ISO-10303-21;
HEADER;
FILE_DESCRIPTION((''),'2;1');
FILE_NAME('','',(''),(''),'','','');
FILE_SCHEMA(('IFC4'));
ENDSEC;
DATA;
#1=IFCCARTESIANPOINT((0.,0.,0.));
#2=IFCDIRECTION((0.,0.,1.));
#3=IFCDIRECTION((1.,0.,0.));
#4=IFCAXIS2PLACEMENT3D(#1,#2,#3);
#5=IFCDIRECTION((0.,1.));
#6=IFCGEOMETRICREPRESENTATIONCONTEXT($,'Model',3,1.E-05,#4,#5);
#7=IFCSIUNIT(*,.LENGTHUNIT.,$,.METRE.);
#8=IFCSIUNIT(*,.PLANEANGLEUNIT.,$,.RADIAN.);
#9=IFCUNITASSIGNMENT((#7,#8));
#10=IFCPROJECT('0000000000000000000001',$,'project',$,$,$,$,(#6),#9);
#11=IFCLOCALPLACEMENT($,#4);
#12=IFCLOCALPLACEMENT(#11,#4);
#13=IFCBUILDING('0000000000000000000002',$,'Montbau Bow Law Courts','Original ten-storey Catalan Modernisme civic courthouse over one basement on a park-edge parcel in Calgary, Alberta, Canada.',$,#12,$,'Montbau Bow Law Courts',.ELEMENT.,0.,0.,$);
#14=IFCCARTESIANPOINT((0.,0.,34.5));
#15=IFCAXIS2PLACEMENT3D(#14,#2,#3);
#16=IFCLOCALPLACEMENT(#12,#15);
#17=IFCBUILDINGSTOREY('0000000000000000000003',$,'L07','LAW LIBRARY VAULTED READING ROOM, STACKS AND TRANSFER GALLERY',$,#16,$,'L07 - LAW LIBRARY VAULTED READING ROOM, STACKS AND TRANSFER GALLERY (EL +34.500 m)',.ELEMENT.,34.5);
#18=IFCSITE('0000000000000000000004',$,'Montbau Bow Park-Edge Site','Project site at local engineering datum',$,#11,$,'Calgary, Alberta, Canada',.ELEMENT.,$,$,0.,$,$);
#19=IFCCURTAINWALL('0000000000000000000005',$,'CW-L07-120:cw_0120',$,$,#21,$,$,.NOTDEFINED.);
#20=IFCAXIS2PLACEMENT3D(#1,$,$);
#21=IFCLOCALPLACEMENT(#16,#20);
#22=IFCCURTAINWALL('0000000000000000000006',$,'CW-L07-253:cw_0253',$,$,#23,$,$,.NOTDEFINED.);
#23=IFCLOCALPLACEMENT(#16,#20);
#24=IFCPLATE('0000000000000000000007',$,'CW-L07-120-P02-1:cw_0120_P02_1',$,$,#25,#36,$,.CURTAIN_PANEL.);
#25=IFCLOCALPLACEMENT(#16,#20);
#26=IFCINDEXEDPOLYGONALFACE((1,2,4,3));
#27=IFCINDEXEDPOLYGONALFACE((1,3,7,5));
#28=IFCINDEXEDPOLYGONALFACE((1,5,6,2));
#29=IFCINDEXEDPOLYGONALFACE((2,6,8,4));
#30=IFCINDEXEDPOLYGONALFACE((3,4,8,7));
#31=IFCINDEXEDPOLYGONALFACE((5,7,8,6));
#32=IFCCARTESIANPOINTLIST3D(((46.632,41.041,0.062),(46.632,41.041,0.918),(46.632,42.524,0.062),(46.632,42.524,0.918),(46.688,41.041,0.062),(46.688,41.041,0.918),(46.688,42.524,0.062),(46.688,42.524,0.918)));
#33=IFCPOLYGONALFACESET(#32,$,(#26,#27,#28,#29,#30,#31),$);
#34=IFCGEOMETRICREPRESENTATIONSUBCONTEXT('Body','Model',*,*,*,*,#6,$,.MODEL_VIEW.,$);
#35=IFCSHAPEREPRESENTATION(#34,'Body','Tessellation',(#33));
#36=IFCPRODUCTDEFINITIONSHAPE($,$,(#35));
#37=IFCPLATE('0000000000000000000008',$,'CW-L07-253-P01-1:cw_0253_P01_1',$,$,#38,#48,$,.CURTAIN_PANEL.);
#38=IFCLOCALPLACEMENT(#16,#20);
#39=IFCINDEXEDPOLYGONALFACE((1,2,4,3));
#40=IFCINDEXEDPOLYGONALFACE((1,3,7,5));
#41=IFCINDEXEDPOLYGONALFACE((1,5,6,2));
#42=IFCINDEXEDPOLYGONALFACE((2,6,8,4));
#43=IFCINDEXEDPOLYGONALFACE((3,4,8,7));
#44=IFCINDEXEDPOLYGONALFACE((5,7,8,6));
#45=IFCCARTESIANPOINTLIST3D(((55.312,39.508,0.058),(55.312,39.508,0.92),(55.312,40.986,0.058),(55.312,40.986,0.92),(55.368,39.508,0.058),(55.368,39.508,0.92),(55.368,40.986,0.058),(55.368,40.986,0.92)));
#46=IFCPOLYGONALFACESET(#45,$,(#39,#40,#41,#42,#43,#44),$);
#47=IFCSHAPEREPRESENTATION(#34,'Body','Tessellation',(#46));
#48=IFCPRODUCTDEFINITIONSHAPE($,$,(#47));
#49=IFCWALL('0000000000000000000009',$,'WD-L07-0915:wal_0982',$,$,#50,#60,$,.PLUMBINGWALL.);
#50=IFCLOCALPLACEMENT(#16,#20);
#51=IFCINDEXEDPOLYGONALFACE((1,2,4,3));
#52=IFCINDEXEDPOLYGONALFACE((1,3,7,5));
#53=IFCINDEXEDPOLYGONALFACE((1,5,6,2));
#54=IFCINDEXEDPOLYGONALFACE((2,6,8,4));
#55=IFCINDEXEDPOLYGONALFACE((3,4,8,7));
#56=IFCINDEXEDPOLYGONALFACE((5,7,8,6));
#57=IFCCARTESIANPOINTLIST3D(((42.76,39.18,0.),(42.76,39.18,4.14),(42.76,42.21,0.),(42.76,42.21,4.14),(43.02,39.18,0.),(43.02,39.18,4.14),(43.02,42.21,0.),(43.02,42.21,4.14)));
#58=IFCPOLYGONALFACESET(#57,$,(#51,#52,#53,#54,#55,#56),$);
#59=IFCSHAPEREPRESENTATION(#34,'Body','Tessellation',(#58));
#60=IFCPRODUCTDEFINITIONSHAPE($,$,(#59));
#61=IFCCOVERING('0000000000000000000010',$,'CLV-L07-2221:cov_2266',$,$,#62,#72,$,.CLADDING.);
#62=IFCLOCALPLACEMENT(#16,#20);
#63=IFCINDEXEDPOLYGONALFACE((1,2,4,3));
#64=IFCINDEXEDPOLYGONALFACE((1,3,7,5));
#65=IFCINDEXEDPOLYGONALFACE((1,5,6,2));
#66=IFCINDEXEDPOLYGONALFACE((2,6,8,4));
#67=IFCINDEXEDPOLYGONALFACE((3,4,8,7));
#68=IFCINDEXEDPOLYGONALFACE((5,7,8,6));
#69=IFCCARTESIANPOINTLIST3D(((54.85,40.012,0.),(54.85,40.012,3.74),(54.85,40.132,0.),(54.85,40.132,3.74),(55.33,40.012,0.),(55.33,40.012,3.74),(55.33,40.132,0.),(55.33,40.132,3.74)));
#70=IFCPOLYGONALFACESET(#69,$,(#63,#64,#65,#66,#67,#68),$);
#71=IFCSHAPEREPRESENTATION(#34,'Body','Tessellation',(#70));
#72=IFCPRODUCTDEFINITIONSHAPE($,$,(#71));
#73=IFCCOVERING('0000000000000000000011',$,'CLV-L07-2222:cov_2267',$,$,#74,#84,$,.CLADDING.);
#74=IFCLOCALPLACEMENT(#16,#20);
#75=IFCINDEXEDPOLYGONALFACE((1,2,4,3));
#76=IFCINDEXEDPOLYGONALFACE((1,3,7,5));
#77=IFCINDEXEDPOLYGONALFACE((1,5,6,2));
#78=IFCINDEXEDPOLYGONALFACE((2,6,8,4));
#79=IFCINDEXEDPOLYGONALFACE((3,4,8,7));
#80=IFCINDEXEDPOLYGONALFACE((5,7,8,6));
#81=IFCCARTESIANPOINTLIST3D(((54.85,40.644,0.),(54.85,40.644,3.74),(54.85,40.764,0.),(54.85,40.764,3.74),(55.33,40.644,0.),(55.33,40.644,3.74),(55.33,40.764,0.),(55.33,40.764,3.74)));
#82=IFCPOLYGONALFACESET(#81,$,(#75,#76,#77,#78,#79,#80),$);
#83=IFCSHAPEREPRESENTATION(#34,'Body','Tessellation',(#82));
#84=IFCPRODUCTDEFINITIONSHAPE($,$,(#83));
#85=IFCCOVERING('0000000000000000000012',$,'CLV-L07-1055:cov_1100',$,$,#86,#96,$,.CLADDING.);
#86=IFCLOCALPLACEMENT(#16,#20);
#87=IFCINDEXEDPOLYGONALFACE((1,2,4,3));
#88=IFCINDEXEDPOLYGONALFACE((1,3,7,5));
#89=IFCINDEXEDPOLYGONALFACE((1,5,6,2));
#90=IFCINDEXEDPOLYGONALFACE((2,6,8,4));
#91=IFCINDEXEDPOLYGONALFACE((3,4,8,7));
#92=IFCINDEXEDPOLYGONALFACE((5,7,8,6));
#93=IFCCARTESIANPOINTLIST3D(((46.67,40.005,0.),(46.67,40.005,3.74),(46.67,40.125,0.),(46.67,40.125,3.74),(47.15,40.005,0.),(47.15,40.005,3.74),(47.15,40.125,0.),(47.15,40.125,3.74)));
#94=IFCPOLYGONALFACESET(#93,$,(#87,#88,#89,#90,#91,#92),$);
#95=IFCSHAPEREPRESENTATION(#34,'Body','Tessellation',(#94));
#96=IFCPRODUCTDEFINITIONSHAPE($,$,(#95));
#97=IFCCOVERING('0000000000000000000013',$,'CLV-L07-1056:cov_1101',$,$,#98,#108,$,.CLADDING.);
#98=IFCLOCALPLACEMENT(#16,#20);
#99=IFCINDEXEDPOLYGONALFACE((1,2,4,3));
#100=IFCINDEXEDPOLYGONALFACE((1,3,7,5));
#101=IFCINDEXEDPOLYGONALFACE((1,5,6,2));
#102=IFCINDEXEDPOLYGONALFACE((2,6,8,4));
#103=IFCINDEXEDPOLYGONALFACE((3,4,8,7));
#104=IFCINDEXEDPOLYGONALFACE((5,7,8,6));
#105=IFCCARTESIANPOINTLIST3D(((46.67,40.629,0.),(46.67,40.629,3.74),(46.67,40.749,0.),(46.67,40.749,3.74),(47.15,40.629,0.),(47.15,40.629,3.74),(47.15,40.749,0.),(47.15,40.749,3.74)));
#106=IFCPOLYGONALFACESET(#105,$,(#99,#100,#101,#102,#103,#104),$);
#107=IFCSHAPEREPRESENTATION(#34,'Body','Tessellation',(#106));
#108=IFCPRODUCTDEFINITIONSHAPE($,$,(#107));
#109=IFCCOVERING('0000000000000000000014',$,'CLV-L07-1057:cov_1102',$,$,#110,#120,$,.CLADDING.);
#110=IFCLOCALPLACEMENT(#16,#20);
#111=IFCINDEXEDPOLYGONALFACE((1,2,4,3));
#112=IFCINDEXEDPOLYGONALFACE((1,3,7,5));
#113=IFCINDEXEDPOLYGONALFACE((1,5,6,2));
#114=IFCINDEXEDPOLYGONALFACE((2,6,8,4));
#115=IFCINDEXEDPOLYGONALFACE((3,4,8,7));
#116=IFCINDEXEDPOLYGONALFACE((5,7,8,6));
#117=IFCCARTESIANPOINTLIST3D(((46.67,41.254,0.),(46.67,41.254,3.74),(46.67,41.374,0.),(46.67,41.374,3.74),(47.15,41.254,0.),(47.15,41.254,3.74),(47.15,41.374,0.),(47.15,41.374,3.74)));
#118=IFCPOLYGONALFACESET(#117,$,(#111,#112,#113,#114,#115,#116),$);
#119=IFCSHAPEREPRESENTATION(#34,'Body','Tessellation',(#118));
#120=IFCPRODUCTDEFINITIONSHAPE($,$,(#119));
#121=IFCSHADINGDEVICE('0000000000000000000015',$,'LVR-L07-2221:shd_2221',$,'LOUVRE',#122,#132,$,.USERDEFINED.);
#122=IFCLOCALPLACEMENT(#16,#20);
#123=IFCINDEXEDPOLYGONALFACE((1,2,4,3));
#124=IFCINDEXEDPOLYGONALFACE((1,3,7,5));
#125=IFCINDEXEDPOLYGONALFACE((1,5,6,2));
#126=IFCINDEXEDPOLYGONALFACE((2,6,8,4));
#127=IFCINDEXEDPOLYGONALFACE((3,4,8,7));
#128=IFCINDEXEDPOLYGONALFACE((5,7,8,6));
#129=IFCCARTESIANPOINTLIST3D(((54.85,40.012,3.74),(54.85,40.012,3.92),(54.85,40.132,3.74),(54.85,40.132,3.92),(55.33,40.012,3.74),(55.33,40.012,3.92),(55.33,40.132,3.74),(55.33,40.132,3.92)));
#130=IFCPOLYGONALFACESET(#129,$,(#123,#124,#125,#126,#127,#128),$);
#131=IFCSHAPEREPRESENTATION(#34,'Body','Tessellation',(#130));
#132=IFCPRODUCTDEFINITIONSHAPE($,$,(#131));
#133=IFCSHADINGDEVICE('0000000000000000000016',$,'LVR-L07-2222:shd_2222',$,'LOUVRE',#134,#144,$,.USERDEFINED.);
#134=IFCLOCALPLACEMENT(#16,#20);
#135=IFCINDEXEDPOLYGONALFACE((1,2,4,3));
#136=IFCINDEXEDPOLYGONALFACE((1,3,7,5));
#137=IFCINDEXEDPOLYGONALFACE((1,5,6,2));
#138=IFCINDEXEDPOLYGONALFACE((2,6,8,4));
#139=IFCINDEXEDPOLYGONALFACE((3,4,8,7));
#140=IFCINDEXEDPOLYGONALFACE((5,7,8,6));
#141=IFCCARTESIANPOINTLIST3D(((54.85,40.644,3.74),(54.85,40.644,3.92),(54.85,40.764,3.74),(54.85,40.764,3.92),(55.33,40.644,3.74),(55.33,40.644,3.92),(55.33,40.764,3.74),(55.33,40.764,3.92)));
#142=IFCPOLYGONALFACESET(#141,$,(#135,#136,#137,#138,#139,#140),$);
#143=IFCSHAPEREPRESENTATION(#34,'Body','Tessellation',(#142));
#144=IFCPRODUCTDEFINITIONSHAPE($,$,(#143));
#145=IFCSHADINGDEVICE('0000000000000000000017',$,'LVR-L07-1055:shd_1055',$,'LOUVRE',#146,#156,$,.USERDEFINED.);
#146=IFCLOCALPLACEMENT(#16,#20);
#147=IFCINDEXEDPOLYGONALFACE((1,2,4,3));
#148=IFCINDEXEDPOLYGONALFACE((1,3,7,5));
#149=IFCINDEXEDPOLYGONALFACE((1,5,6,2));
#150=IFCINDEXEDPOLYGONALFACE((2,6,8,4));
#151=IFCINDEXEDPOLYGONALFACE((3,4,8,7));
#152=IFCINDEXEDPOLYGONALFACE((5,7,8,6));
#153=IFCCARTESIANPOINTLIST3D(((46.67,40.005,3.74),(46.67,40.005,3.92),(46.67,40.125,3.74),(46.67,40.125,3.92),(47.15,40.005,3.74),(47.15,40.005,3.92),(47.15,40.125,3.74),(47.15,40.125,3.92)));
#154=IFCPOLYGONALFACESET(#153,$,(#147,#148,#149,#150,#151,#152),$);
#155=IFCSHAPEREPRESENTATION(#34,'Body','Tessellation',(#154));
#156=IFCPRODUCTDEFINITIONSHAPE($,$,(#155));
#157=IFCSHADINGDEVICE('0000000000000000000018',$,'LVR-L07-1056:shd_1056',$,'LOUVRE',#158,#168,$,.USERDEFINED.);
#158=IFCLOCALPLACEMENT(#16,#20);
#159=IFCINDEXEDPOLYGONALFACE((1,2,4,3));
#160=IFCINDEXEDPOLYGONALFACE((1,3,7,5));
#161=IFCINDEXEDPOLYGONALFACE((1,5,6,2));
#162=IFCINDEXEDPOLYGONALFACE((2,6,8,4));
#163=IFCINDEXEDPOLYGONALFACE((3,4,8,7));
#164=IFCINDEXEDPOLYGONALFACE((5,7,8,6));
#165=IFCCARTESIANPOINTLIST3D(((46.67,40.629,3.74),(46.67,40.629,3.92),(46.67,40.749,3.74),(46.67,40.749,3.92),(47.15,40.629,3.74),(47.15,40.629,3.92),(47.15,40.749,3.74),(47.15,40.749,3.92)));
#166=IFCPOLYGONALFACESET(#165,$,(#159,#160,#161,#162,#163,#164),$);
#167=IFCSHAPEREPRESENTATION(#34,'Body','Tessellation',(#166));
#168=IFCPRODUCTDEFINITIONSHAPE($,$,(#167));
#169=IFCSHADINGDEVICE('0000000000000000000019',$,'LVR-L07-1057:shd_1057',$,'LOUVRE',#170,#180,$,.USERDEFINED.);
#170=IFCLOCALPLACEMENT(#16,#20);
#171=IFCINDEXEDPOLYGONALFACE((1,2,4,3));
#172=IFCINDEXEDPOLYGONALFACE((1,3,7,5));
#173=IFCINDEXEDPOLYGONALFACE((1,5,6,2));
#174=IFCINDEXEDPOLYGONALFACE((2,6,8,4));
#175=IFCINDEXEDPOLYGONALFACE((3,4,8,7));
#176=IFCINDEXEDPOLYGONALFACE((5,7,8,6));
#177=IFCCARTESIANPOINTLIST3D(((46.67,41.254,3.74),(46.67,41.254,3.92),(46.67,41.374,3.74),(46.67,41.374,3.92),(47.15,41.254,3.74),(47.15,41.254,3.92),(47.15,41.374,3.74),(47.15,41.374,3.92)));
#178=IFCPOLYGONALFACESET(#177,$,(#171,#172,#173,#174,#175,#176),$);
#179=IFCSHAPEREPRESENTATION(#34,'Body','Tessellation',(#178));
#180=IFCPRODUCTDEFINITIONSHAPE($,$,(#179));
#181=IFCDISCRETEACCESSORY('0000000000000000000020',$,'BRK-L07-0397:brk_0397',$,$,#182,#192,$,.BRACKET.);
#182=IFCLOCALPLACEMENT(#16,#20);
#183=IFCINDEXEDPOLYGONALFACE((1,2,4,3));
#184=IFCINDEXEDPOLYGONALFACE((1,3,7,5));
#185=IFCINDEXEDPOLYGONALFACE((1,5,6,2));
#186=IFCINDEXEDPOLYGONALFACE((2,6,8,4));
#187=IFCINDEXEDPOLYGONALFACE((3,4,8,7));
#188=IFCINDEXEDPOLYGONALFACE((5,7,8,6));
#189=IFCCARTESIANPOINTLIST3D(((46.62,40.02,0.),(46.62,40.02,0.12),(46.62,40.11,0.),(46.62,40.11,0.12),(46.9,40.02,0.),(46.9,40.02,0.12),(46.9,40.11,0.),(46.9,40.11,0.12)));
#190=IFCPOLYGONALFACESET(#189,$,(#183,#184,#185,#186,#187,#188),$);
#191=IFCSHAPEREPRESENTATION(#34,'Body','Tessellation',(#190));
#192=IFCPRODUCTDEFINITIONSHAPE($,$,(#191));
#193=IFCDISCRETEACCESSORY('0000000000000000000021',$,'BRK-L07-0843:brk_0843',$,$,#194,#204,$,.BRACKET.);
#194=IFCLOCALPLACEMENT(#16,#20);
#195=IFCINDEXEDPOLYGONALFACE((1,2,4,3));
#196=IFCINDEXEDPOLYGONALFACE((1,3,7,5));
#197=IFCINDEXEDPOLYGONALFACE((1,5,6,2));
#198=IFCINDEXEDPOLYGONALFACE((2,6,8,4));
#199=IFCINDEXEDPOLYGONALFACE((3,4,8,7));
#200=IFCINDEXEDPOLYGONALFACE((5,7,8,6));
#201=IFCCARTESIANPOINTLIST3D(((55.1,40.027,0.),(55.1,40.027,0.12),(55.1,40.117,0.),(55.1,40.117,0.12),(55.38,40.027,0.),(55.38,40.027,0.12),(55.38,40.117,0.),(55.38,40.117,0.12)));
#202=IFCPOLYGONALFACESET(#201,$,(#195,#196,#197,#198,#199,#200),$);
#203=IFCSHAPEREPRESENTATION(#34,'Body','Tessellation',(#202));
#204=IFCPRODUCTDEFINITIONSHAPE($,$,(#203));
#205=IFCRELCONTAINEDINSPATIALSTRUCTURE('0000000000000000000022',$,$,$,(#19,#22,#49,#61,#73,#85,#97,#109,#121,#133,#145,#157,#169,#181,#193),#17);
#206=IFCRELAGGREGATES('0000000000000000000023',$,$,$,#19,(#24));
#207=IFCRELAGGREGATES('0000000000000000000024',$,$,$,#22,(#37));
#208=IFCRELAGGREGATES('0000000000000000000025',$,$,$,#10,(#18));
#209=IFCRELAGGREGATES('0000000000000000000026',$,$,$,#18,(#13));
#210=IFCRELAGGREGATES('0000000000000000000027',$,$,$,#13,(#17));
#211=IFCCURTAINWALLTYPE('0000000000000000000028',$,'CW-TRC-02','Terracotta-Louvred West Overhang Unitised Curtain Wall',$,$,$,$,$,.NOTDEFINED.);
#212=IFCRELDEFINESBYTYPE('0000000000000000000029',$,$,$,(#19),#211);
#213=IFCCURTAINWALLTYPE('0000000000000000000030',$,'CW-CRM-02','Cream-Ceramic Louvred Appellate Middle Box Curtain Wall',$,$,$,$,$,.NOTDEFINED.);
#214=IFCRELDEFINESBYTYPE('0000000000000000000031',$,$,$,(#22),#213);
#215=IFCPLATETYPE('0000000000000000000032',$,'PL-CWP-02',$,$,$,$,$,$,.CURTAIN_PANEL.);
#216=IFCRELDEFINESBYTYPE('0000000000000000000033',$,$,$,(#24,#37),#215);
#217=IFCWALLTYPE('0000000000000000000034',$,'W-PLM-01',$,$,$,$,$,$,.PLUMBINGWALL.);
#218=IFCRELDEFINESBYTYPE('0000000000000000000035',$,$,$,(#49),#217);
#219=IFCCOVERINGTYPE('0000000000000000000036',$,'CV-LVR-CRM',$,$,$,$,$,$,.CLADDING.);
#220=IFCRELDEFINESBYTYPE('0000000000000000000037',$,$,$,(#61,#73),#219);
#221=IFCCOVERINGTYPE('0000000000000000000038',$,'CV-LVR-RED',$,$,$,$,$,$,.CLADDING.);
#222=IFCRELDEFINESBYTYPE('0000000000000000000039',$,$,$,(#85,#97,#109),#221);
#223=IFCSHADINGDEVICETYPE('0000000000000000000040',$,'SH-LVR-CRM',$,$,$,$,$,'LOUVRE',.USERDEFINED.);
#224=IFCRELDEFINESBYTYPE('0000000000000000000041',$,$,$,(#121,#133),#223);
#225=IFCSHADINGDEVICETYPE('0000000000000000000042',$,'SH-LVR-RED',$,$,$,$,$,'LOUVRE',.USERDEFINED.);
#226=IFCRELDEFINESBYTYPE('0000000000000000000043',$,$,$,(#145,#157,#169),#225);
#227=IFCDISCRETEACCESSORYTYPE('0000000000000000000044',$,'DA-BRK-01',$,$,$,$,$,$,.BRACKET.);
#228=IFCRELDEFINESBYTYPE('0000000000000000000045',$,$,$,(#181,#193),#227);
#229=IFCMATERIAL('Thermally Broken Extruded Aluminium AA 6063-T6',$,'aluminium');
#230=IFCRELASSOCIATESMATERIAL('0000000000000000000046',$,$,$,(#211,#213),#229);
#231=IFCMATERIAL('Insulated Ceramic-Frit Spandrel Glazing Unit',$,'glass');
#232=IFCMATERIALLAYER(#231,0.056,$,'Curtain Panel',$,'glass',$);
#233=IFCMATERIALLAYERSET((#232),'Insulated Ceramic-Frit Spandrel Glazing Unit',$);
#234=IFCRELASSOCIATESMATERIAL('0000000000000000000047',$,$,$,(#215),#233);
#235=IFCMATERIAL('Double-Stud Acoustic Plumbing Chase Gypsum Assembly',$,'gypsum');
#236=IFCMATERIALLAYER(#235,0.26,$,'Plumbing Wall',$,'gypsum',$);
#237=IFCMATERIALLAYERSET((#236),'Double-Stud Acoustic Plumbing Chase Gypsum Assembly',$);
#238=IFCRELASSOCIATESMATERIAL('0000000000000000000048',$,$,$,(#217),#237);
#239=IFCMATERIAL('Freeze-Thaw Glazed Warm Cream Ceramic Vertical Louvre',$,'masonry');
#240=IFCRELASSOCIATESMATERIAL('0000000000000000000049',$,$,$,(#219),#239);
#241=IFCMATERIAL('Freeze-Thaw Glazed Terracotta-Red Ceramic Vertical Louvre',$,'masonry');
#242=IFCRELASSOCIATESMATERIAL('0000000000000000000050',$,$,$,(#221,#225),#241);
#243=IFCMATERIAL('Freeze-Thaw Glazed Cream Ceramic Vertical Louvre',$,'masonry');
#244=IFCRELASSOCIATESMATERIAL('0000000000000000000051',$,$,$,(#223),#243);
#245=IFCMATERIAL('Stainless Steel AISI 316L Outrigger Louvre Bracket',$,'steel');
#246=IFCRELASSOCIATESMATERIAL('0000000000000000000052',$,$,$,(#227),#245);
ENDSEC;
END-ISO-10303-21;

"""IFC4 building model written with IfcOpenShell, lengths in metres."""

from ifc_helpers import new_model, si_unit, direction, frame, frame_2d, origin_with_axes, origin_2d_with_axis, place, context, subcontext, project, spatial, rectangle, extrude, material, layer, layer_set, type_object, element, aggregate, save


model = new_model("IFC4")

# Units and contexts
model_context = context("Model", 3, precision=1e-05, world=origin_with_axes(), true_north=direction((0.0, 1.0)))
body_context = subcontext(model_context, "Body", "Model", "MODEL_VIEW")
ifc_project = project(units=[si_unit("LENGTHUNIT", "METRE"), si_unit("PLANEANGLEUNIT", "RADIAN")], contexts=[model_context])

# Site, building, storey
site_placement = place(None, origin_with_axes())
site = spatial("IfcSite", under=ifc_project, at=site_placement, Name="Montbau Bow Park-Edge Site", Description="Project site at local engineering datum", LongName="Calgary, Alberta, Canada", CompositionType="ELEMENT", RefElevation=0.0)
building_placement = place(site_placement, origin_with_axes())
building = spatial("IfcBuilding", under=site, at=building_placement, Name="Montbau Bow Law Courts", Description="Original ten-storey Catalan Modernisme civic courthouse over one basement on a park-edge parcel in Calgary, Alberta, Canada.", LongName="Montbau Bow Law Courts", CompositionType="ELEMENT", ElevationOfRefHeight=0.0, ElevationOfTerrain=0.0)
storey_placement = place(building_placement, frame((0.0, 0.0, 34.5), z_axis=(0.0, 0.0, 1.0), x_axis=(1.0, 0.0, 0.0)))
storey = spatial("IfcBuildingStorey", under=building, at=storey_placement, Name="L07", Description="LAW LIBRARY VAULTED READING ROOM, STACKS AND TRANSFER GALLERY", LongName="L07 - LAW LIBRARY VAULTED READING ROOM, STACKS AND TRANSFER GALLERY (EL +34.500 m)", CompositionType="ELEMENT", Elevation=34.5)

# Curtain wall
ifc_material_1 = material(Name="Thermally Broken Extruded Aluminium AA 6063-T6", Category="aluminium")
curtain_wall_type_1 = type_object("IfcCurtainWallType", Name="CW-TRC-02", Description="Terracotta-Louvred West Overhang Unitised Curtain Wall", PredefinedType="NOTDEFINED", material=ifc_material_1)
curtain_wall_1_placement = place(None, frame((46.66, 39.44, 34.5), z_axis=(0.0, 0.0, 1.0), x_axis=(1.0, 0.0, 0.0)))
curtain_wall_1 = element("IfcCurtainWall", 1, at=curtain_wall_1_placement, inside=storey, type_object=curtain_wall_type_1, Name="CW-L07-120:cw_0120", PredefinedType="NOTDEFINED")

# Curtain wall
curtain_wall_type_2 = type_object("IfcCurtainWallType", Name="CW-CRM-02", Description="Cream-Ceramic Louvred Appellate Middle Box Curtain Wall", PredefinedType="NOTDEFINED", material=ifc_material_1)
curtain_wall_2_placement = place(None, frame((55.34, 39.44, 34.5), z_axis=(0.0, 0.0, 1.0), x_axis=(1.0, 0.0, 0.0)))
curtain_wall_2 = element("IfcCurtainWall", 2, at=curtain_wall_2_placement, inside=storey, type_object=curtain_wall_type_2, Name="CW-L07-253:cw_0253", PredefinedType="NOTDEFINED")

# Plates
ifc_material_2 = material(Name="Insulated Ceramic-Frit Spandrel Glazing Unit", Category="glass")
ifc_layer_1 = layer(ifc_material_2, 0.056, Name="Curtain Panel", Category="glass")
ifc_layer_set_1 = layer_set([ifc_layer_1], Name="Insulated Ceramic-Frit Spandrel Glazing Unit")
plate_type_1 = type_object("IfcPlateType", Name="PL-CWP-02", PredefinedType="CURTAIN_PANEL", material=ifc_layer_set_1)
plate_1_placement = place(None, frame((46.66, 41.041, 34.562), z_axis=(1.0, 0.0, 0.0), x_axis=(0.0, 1.0, 0.0)))
plate_1 = element("IfcPlate", 3, at=plate_1_placement, type_object=plate_type_1, Name="CW-L07-120-P02-1:cw_0120_P02_1", PredefinedType="CURTAIN_PANEL", context=body_context, shape_type="SweptSolid", body=[
    extrude(rectangle(XDim=1.483, YDim=0.856, at=frame_2d((0.7415, 0.428), x_axis=(1.0, 0.0))), frame((0.0, 0.0, -0.028), z_axis=(0.0, 0.0, 1.0), x_axis=(1.0, 0.0, 0.0)), (0.0, 0.0, 1.0), 0.056),
])
aggregate(curtain_wall_1, [plate_1])
plate_2_placement = place(None, frame((55.34, 39.508, 34.558), z_axis=(1.0, 0.0, 0.0), x_axis=(0.0, 1.0, 0.0)))
plate_2 = element("IfcPlate", 4, at=plate_2_placement, type_object=plate_type_1, Name="CW-L07-253-P01-1:cw_0253_P01_1", PredefinedType="CURTAIN_PANEL", context=body_context, shape_type="SweptSolid", body=[
    extrude(rectangle(XDim=1.478, YDim=0.862, at=frame_2d((0.739, 0.431), x_axis=(1.0, 0.0))), frame((0.0, 0.0, -0.028), z_axis=(0.0, 0.0, 1.0), x_axis=(1.0, 0.0, 0.0)), (0.0, 0.0, 1.0), 0.056),
])
aggregate(curtain_wall_2, [plate_2])

# Wall
ifc_material_3 = material(Name="Double-Stud Acoustic Plumbing Chase Gypsum Assembly", Category="gypsum")
ifc_layer_2 = layer(ifc_material_3, 0.26, Name="Plumbing Wall", Category="gypsum")
ifc_layer_set_2 = layer_set([ifc_layer_2], Name="Double-Stud Acoustic Plumbing Chase Gypsum Assembly")
wall_type = type_object("IfcWallType", Name="W-PLM-01", PredefinedType="PLUMBINGWALL", material=ifc_layer_set_2)
wall_placement = place(None, frame((42.89, 39.18, 34.5), z_axis=(0.0, 0.0, 1.0), x_axis=(0.0, 1.0, 0.0)))
element("IfcWall", 5, at=wall_placement, inside=storey, type_object=wall_type, Name="WD-L07-0915:wal_0982", PredefinedType="PLUMBINGWALL", context=body_context, shape_type="SweptSolid", body=[
    extrude(rectangle(XDim=3.03, YDim=0.26, at=frame_2d((1.515, 0.0), x_axis=(1.0, 0.0))), origin_with_axes(), (0.0, 0.0, 1.0), 4.14),
])

# Coverings
ifc_material_4 = material(Name="Freeze-Thaw Glazed Warm Cream Ceramic Vertical Louvre", Category="masonry")
covering_type_1 = type_object("IfcCoveringType", Name="CV-LVR-CRM", PredefinedType="CLADDING", material=ifc_material_4)
for number, where, z_axis, x_axis, name in (
    (6, (55.33, 40.072, 34.5), (0.0, 1.0, 0.0), (-1.0, 0.0, 0.0), "CLV-L07-2221:cov_2266"),
    (7, (55.33, 40.704, 34.5), (0.0, 1.0, 0.0), (-1.0, 0.0, 0.0), "CLV-L07-2222:cov_2267"),
):
    element("IfcCovering", number, at=place(None, frame(where, z_axis=z_axis, x_axis=x_axis)), inside=storey, type_object=covering_type_1, Name=name, PredefinedType="CLADDING", context=body_context, shape_type="SweptSolid", body=[
        extrude(rectangle(XDim=0.48, YDim=3.74, at=frame_2d((0.24, 1.87), x_axis=(1.0, 0.0))), frame((0.0, 0.0, -0.06), z_axis=(0.0, 0.0, 1.0), x_axis=(1.0, 0.0, 0.0)), (0.0, 0.0, 1.0), 0.12),
    ])
ifc_material_5 = material(Name="Freeze-Thaw Glazed Terracotta-Red Ceramic Vertical Louvre", Category="masonry")
covering_type_2 = type_object("IfcCoveringType", Name="CV-LVR-RED", PredefinedType="CLADDING", material=ifc_material_5)
for number, where, z_axis, x_axis, name in (
    (8, (46.67, 40.065, 34.5), (0.0, -1.0, 0.0), (1.0, 0.0, 0.0), "CLV-L07-1055:cov_1100"),
    (9, (46.67, 40.689, 34.5), (0.0, -1.0, 0.0), (1.0, 0.0, 0.0), "CLV-L07-1056:cov_1101"),
    (10, (46.67, 41.314, 34.5), (0.0, -1.0, 0.0), (1.0, 0.0, 0.0), "CLV-L07-1057:cov_1102"),
):
    element("IfcCovering", number, at=place(None, frame(where, z_axis=z_axis, x_axis=x_axis)), inside=storey, type_object=covering_type_2, Name=name, PredefinedType="CLADDING", context=body_context, shape_type="SweptSolid", body=[
        extrude(rectangle(XDim=0.48, YDim=3.74, at=frame_2d((0.24, 1.87), x_axis=(1.0, 0.0))), frame((0.0, 0.0, -0.06), z_axis=(0.0, 0.0, 1.0), x_axis=(1.0, 0.0, 0.0)), (0.0, 0.0, 1.0), 0.12),
    ])

# Shading devices
ifc_material_6 = material(Name="Freeze-Thaw Glazed Cream Ceramic Vertical Louvre", Category="masonry")
shading_device_type_1 = type_object("IfcShadingDeviceType", Name="SH-LVR-CRM", ElementType="LOUVRE", PredefinedType="USERDEFINED", material=ifc_material_6)
for number, where, z_axis, x_axis, name in (
    (11, (55.09, 40.072, 38.24), (0.0, 0.0, 1.0), (-1.0, 0.0, 0.0), "LVR-L07-2221:shd_2221"),
    (12, (55.09, 40.704, 38.24), (0.0, 0.0, 1.0), (-1.0, 0.0, 0.0), "LVR-L07-2222:shd_2222"),
):
    element("IfcShadingDevice", number, at=place(None, frame(where, z_axis=z_axis, x_axis=x_axis)), inside=storey, type_object=shading_device_type_1, Name=name, ObjectType="LOUVRE", PredefinedType="USERDEFINED", context=body_context, shape_type="SweptSolid", body=[
        extrude(rectangle(XDim=0.48, YDim=0.12, at=origin_2d_with_axis()), origin_with_axes(), (0.0, 0.0, 1.0), 0.18),
    ])
shading_device_type_2 = type_object("IfcShadingDeviceType", Name="SH-LVR-RED", ElementType="LOUVRE", PredefinedType="USERDEFINED", material=ifc_material_5)
for number, where, z_axis, x_axis, name in (
    (13, (46.91, 40.065, 38.24), (0.0, 0.0, 1.0), (1.0, 0.0, 0.0), "LVR-L07-1055:shd_1055"),
    (14, (46.91, 40.689, 38.24), (0.0, 0.0, 1.0), (1.0, 0.0, 0.0), "LVR-L07-1056:shd_1056"),
    (15, (46.91, 41.314, 38.24), (0.0, 0.0, 1.0), (1.0, 0.0, 0.0), "LVR-L07-1057:shd_1057"),
):
    element("IfcShadingDevice", number, at=place(None, frame(where, z_axis=z_axis, x_axis=x_axis)), inside=storey, type_object=shading_device_type_2, Name=name, ObjectType="LOUVRE", PredefinedType="USERDEFINED", context=body_context, shape_type="SweptSolid", body=[
        extrude(rectangle(XDim=0.48, YDim=0.12, at=origin_2d_with_axis()), origin_with_axes(), (0.0, 0.0, 1.0), 0.18),
    ])

# Discrete accessories
ifc_material_7 = material(Name="Stainless Steel AISI 316L Outrigger Louvre Bracket", Category="steel")
discrete_accessory_type = type_object("IfcDiscreteAccessoryType", Name="DA-BRK-01", PredefinedType="BRACKET", material=ifc_material_7)
for number, where, z_axis, x_axis, name in (
    (16, (46.76, 40.065, 34.5), (0.0, 0.0, 1.0), (1.0, 0.0, 0.0), "BRK-L07-0397:brk_0397"),
    (17, (55.24, 40.072, 34.5), (0.0, 0.0, 1.0), (-1.0, 0.0, 0.0), "BRK-L07-0843:brk_0843"),
):
    element("IfcDiscreteAccessory", number, at=place(None, frame(where, z_axis=z_axis, x_axis=x_axis)), inside=storey, type_object=discrete_accessory_type, Name=name, PredefinedType="BRACKET", context=body_context, shape_type="SweptSolid", body=[
        extrude(rectangle(XDim=0.28, YDim=0.09, at=origin_2d_with_axis()), origin_with_axes(), (0.0, 0.0, 1.0), 0.12),
    ])

save(model, "model.ifc")
